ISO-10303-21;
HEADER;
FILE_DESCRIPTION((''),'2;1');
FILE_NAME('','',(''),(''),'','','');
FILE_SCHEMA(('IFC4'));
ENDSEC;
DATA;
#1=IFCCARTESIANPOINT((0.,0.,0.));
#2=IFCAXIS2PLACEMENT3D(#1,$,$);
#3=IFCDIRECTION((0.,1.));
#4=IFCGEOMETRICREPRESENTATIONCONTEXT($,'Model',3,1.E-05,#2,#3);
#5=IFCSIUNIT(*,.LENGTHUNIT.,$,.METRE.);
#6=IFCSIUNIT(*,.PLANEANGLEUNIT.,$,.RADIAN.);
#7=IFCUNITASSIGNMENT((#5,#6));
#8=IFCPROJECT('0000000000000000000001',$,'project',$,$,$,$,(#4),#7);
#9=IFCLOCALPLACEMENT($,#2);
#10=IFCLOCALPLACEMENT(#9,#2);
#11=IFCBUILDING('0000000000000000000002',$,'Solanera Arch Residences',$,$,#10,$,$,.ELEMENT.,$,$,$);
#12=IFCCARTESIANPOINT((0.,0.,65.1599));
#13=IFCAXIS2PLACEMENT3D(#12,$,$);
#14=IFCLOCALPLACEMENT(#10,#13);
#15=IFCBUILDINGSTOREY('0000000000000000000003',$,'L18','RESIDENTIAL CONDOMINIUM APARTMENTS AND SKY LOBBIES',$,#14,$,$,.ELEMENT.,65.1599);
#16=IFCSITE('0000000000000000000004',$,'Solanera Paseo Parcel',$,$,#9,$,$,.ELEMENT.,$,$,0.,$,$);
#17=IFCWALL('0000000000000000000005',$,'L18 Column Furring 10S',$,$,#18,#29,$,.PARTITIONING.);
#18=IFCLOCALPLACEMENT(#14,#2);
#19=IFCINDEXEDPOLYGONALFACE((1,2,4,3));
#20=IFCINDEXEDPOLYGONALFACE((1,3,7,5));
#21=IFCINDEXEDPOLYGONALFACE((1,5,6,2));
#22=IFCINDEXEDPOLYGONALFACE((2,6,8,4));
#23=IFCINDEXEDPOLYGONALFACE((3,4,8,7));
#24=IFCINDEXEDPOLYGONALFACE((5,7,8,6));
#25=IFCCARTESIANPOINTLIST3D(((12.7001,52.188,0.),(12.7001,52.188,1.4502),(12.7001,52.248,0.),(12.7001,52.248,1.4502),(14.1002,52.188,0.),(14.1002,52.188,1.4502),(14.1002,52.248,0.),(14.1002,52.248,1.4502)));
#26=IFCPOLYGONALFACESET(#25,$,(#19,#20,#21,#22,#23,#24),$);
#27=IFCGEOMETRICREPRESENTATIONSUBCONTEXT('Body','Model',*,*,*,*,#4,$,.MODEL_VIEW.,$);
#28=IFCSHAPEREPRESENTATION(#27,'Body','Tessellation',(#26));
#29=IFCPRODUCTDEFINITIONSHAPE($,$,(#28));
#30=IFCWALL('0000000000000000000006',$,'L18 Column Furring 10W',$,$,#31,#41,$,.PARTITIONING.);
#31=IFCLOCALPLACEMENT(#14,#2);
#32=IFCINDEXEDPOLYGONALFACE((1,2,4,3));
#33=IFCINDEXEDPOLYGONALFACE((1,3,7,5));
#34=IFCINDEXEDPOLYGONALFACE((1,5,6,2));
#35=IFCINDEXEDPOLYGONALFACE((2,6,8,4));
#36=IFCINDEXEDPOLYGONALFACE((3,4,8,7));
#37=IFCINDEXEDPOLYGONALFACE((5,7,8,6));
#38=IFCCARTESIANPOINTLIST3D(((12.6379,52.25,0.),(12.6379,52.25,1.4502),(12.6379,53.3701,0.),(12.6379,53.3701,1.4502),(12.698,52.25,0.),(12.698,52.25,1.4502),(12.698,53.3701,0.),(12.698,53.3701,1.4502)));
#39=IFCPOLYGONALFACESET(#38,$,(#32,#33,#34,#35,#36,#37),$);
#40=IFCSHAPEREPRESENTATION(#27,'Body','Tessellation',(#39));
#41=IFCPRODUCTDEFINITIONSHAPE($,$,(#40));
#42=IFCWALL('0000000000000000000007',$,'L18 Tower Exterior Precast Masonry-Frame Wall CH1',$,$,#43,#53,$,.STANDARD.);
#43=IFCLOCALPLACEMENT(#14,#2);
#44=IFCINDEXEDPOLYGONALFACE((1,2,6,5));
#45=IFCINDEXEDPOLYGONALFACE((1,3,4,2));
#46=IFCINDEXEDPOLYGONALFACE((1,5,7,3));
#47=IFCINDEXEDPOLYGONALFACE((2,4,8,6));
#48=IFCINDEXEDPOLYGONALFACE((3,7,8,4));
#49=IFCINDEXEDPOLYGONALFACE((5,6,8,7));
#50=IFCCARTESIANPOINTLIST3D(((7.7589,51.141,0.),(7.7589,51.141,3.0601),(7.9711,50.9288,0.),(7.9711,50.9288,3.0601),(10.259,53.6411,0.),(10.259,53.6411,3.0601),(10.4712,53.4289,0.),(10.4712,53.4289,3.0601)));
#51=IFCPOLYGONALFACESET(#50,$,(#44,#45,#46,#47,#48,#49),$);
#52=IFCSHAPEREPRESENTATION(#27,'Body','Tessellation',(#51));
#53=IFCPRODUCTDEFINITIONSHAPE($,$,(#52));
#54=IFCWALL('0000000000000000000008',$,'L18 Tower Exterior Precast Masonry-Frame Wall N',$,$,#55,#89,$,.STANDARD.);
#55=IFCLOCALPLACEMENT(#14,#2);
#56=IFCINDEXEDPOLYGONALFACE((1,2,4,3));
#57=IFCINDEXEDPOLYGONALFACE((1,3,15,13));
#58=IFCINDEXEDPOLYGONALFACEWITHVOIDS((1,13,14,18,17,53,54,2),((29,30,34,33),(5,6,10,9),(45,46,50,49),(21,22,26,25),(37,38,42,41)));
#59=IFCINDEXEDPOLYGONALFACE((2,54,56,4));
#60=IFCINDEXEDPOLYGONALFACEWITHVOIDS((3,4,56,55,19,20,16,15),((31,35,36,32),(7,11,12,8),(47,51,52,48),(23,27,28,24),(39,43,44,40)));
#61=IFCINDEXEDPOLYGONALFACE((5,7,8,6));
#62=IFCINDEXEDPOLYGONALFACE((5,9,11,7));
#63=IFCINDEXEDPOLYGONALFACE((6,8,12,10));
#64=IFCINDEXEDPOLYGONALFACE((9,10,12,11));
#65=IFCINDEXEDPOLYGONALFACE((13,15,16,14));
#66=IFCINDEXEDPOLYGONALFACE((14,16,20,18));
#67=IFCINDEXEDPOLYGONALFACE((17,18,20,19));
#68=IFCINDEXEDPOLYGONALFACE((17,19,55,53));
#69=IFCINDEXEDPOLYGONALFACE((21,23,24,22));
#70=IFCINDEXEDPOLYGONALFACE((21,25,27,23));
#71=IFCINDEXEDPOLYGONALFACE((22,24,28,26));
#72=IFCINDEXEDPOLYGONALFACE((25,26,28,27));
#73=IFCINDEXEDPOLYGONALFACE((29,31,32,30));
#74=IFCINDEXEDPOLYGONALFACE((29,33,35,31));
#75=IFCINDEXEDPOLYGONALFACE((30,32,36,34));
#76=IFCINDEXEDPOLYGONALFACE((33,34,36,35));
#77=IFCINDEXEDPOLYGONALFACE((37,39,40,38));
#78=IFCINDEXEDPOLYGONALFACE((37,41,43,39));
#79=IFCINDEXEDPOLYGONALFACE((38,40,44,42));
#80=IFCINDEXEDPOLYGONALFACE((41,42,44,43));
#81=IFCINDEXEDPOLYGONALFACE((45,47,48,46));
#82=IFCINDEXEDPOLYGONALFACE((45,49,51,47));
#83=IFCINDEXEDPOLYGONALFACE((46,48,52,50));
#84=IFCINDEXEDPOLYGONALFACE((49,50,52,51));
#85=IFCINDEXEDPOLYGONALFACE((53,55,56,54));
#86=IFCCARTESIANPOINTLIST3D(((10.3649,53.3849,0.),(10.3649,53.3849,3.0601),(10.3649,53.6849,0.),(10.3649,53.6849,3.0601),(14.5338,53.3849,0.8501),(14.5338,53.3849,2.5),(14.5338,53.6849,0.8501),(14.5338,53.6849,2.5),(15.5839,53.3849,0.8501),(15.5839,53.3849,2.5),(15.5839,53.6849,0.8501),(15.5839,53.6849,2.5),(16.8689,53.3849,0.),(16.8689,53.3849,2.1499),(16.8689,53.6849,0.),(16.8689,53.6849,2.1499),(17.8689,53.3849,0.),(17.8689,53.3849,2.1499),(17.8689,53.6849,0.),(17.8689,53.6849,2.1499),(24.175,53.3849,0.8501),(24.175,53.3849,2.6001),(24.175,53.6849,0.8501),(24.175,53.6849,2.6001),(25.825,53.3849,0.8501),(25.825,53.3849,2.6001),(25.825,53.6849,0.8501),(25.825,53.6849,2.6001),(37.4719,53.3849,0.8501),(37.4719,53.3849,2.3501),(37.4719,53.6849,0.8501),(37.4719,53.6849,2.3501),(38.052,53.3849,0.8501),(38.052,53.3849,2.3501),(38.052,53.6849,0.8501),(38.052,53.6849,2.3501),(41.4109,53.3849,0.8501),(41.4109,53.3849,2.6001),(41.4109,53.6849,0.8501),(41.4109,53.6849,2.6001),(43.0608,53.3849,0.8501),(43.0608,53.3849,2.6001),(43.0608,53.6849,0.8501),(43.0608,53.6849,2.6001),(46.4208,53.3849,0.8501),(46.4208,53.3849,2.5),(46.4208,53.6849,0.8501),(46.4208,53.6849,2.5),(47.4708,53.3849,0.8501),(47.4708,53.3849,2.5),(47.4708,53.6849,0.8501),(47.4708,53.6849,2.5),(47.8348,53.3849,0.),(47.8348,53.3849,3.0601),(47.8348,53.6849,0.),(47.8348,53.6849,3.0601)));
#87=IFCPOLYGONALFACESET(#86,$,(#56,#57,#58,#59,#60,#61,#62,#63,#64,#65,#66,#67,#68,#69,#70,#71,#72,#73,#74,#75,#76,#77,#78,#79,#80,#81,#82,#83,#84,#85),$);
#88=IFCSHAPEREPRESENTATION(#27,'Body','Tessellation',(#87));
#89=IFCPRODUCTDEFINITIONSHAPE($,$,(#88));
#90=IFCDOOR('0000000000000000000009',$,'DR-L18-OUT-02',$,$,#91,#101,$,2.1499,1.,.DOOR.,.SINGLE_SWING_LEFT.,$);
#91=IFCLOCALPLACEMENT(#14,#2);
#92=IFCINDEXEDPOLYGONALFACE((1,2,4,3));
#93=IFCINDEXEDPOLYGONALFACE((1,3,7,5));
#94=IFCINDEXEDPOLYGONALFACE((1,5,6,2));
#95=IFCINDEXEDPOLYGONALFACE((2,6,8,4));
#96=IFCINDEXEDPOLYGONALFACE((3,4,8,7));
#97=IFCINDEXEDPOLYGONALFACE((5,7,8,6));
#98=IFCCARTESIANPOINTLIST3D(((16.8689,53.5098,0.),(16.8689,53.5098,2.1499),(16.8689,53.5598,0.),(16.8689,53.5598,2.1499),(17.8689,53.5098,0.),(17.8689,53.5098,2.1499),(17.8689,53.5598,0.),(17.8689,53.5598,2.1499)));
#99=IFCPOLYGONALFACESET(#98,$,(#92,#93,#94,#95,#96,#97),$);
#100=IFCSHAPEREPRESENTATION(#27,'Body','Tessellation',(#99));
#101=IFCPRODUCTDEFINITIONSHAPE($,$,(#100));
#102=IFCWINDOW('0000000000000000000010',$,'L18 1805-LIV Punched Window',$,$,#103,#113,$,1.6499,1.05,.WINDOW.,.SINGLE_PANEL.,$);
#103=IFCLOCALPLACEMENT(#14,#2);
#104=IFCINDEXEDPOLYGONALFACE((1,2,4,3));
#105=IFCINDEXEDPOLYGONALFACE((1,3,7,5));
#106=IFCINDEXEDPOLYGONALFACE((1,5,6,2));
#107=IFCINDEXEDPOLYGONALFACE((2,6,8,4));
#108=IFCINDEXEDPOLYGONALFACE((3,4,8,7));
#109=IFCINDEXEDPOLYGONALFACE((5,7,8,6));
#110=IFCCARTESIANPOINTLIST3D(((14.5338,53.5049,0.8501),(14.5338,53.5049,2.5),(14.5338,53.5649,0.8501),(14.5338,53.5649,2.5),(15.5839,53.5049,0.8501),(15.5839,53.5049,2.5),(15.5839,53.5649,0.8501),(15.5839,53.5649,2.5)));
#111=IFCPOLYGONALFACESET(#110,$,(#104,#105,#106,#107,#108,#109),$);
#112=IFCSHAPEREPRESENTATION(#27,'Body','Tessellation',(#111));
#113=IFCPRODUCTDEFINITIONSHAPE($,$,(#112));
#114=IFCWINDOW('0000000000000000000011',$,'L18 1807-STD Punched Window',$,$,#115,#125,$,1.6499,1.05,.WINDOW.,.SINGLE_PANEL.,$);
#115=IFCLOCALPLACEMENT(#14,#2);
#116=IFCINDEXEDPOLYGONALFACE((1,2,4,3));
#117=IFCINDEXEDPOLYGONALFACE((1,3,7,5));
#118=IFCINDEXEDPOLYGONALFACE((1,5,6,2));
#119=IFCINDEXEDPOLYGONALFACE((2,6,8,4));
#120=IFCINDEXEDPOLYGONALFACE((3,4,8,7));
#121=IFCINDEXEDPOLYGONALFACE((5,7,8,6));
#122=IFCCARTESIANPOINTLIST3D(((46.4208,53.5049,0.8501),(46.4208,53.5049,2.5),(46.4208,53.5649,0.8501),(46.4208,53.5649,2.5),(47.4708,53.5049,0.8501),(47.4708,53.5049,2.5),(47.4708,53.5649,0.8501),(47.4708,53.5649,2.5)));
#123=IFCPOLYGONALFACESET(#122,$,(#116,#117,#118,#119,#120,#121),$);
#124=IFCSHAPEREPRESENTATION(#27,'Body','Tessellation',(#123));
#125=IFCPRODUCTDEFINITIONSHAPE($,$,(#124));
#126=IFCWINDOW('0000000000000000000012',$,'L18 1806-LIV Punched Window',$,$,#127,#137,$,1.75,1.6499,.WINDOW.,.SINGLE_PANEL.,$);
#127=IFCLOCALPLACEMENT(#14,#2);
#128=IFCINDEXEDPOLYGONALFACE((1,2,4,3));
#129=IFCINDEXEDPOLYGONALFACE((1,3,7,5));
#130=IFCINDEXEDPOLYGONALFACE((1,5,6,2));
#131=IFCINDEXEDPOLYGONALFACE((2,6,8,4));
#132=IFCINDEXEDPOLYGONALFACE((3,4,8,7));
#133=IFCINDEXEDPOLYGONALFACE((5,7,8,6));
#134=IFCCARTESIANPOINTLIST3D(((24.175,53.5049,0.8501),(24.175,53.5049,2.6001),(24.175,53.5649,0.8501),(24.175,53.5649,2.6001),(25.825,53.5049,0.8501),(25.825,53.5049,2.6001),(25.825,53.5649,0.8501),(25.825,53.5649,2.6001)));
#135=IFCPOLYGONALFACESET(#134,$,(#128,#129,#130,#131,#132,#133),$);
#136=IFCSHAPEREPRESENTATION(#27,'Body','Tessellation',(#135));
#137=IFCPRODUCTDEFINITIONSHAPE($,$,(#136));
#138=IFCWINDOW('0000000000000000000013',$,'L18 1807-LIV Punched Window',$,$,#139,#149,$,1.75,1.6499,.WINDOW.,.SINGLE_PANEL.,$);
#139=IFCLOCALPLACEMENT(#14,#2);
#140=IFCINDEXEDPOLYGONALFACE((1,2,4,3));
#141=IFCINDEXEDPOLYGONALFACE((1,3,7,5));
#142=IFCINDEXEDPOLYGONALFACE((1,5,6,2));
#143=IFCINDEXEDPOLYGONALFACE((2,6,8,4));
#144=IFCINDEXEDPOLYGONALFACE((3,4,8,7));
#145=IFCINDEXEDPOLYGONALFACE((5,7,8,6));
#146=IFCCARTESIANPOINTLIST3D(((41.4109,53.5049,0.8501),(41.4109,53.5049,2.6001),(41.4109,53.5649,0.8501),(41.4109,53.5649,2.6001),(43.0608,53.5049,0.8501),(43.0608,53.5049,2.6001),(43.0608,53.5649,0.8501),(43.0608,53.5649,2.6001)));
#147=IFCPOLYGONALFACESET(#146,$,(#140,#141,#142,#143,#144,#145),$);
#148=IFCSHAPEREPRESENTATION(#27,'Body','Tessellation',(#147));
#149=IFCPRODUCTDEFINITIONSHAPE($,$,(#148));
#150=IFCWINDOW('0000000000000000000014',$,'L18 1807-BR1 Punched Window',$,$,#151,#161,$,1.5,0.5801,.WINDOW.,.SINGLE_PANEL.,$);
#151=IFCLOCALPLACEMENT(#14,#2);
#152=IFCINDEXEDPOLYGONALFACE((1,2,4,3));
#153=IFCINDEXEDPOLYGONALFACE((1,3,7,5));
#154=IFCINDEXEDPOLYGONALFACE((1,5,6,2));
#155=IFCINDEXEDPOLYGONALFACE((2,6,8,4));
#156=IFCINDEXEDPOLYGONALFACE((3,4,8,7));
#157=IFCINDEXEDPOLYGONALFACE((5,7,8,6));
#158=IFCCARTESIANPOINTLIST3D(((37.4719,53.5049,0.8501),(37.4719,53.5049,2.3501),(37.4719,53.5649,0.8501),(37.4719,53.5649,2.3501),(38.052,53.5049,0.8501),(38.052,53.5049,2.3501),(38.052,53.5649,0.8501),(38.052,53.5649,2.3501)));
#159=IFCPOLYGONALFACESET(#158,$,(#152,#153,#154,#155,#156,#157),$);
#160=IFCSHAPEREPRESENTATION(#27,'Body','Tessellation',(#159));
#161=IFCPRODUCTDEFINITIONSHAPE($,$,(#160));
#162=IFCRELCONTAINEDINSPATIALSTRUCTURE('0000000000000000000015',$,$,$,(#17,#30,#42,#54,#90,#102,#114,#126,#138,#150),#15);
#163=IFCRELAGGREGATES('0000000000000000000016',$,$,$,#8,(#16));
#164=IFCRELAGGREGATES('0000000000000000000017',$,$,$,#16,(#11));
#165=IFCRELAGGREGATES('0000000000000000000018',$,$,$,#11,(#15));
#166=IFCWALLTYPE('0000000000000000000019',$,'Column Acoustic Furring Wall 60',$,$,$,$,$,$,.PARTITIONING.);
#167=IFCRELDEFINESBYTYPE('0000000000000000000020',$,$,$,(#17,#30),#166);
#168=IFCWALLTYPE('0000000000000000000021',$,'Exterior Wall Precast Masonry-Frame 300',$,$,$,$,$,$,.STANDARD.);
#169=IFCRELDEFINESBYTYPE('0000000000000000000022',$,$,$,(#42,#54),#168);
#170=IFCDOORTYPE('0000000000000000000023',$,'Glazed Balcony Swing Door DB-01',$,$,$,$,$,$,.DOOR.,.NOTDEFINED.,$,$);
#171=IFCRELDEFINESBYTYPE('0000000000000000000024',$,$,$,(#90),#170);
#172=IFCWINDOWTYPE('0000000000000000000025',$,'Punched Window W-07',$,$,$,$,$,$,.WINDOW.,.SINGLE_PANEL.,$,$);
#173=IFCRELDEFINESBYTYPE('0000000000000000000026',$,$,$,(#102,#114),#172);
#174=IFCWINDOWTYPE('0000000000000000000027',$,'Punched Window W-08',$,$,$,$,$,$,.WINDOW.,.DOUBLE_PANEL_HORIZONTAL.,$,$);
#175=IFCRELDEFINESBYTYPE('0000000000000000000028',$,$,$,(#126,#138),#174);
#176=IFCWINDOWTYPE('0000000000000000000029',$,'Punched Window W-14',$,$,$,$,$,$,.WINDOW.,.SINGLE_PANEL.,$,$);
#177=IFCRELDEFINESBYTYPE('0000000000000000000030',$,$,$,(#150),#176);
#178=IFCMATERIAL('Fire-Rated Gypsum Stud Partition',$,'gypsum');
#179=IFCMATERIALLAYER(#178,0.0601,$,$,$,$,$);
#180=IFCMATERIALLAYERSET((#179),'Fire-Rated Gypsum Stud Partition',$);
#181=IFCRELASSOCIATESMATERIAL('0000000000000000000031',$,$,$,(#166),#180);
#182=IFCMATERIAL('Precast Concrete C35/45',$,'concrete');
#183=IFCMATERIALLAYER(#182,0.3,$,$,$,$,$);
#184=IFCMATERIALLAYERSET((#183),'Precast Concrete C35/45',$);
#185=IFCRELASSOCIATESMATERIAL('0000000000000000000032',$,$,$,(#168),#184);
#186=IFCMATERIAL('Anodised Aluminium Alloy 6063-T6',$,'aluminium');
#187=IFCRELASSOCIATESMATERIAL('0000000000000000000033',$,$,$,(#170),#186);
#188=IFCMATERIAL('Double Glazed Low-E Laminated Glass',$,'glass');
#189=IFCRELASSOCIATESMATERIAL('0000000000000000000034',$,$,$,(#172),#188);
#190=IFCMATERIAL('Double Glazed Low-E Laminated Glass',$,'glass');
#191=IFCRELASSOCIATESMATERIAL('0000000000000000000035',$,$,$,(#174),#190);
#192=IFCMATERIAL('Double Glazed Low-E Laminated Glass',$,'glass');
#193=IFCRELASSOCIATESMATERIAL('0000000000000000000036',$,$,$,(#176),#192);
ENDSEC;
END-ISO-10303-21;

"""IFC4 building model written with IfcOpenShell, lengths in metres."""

from ifc_helpers import new_model, si_unit, direction, frame, frame_2d, origin, place, context, subcontext, project, spatial, rectangle, extrude, material, layer, layer_set, type_object, element, fill, save


model = new_model("IFC4")

# Units and contexts
model_context = context("Model", 3, precision=1e-05, world=origin(), true_north=direction((0.0, 1.0)))
body_context = subcontext(model_context, "Body", "Model", "MODEL_VIEW")
ifc_project = project(units=[si_unit("LENGTHUNIT", "METRE"), si_unit("PLANEANGLEUNIT", "RADIAN")], contexts=[model_context])

# Site, building, storey
site_placement = place(None, origin())
site = spatial("IfcSite", under=ifc_project, at=site_placement, Name="Solanera Paseo Parcel", CompositionType="ELEMENT", RefElevation=0.0)
building_placement = place(site_placement, origin())
building = spatial("IfcBuilding", under=site, at=building_placement, Name="Solanera Arch Residences", CompositionType="ELEMENT")
storey_placement = place(building_placement, frame((0.0, 0.0, 65.1599)))
storey = spatial("IfcBuildingStorey", under=building, at=storey_placement, Name="L18", Description="RESIDENTIAL CONDOMINIUM APARTMENTS AND SKY LOBBIES", CompositionType="ELEMENT", Elevation=65.1599)

# Walls
ifc_material_1 = material(Name="Fire-Rated Gypsum Stud Partition", Category="gypsum")
ifc_layer_1 = layer(ifc_material_1, 0.0601)
ifc_layer_set_1 = layer_set([ifc_layer_1], Name="Fire-Rated Gypsum Stud Partition")
wall_type_1 = type_object("IfcWallType", Name="Column Acoustic Furring Wall 60", PredefinedType="PARTITIONING", material=ifc_layer_set_1)
wall_1_placement = place(storey_placement, frame((12.7, 52.218, 0.0), z_axis=(0.0, 0.0, 1.0), x_axis=(1.0, 0.0, 0.0)))
element("IfcWall", 1, at=wall_1_placement, inside=storey, type_object=wall_type_1, Name="L18 Column Furring 10S", PredefinedType="PARTITIONING", context=body_context, shape_type="SweptSolid", body=[
    extrude(rectangle(XDim=1.4001, YDim=0.0601, at=frame_2d((0.7002, 0.0))), origin(), (0.0, 0.0, 1.0), 1.4502),
])
wall_2_placement = place(storey_placement, frame((12.668, 52.25, 0.0), z_axis=(0.0, 0.0, 1.0), x_axis=(0.0, 1.0, 0.0)))
element("IfcWall", 2, at=wall_2_placement, inside=storey, type_object=wall_type_1, Name="L18 Column Furring 10W", PredefinedType="PARTITIONING", context=body_context, shape_type="SweptSolid", body=[
    extrude(rectangle(XDim=1.1201, YDim=0.0601, at=frame_2d((0.5601, 0.0))), origin(), (0.0, 0.0, 1.0), 1.4502),
])
ifc_material_2 = material(Name="Precast Concrete C35/45", Category="concrete")
ifc_layer_2 = layer(ifc_material_2, 0.3)
ifc_layer_set_2 = layer_set([ifc_layer_2], Name="Precast Concrete C35/45")
wall_type_2 = type_object("IfcWallType", Name="Exterior Wall Precast Masonry-Frame 300", PredefinedType="STANDARD", material=ifc_layer_set_2)
wall_3_placement = place(storey_placement, frame((7.865, 51.0349, 0.0), z_axis=(0.0, 0.0, 1.0), x_axis=(0.707107, 0.707107, 0.0)))
element("IfcWall", 3, at=wall_3_placement, inside=storey, type_object=wall_type_2, Name="L18 Tower Exterior Precast Masonry-Frame Wall CH1", PredefinedType="STANDARD", context=body_context, shape_type="SweptSolid", body=[
    extrude(rectangle(XDim=3.5356, YDim=0.3, at=frame_2d((1.7678, 0.0))), origin(), (0.0, 0.0, 1.0), 3.0601),
])

# Wall, openings, door, windows
wall_4_placement = place(storey_placement, frame((10.365, 53.5349, 0.0), z_axis=(0.0, 0.0, 1.0), x_axis=(1.0, 0.0, 0.0)))
wall_4 = element("IfcWall", 4, at=wall_4_placement, inside=storey, type_object=wall_type_2, Name="L18 Tower Exterior Precast Masonry-Frame Wall N", PredefinedType="STANDARD", context=body_context, shape_type="SweptSolid", body=[
    extrude(rectangle(XDim=37.47, YDim=0.3, at=frame_2d((18.7349, 0.0))), origin(), (0.0, 0.0, 1.0), 3.0601),
])
opening_1_placement = place(wall_4_placement, frame((6.5039, 0.0, 0.0)))
opening_1 = element("IfcOpeningElement", 5, at=opening_1_placement, cuts=wall_4, PredefinedType="OPENING", context=body_context, shape_type="SweptSolid", body=[
    extrude(rectangle(XDim=1.0, YDim=2.1499, at=frame_2d((0.5, 1.075))), frame((0.0, 0.1599, 0.0), z_axis=(0.0, -1.0, 0.0), x_axis=(1.0, 0.0, 0.0)), (0.0, 0.0, 1.0), 0.32),
])
opening_2_placement = place(wall_4_placement, frame((4.1689, 0.0, 0.8501)))
opening_2 = element("IfcOpeningElement", 6, at=opening_2_placement, cuts=wall_4, PredefinedType="OPENING", context=body_context, shape_type="SweptSolid", body=[
    extrude(rectangle(XDim=1.05, YDim=1.6499, at=frame_2d((0.5249, 0.825))), frame((0.0, 0.1599, 0.0), z_axis=(0.0, -1.0, 0.0), x_axis=(1.0, 0.0, 0.0)), (0.0, 0.0, 1.0), 0.32),
])
opening_3_placement = place(wall_4_placement, frame((13.8101, 0.0, 0.8501)))
opening_3 = element("IfcOpeningElement", 7, at=opening_3_placement, cuts=wall_4, PredefinedType="OPENING", context=body_context, shape_type="SweptSolid", body=[
    extrude(rectangle(XDim=1.6499, YDim=1.75, at=frame_2d((0.825, 0.875))), frame((0.0, 0.1599, 0.0), z_axis=(0.0, -1.0, 0.0), x_axis=(1.0, 0.0, 0.0)), (0.0, 0.0, 1.0), 0.32),
])
opening_4_placement = place(wall_4_placement, frame((31.0459, 0.0, 0.8501)))
opening_4 = element("IfcOpeningElement", 8, at=opening_4_placement, cuts=wall_4, PredefinedType="OPENING", context=body_context, shape_type="SweptSolid", body=[
    extrude(rectangle(XDim=1.6499, YDim=1.75, at=frame_2d((0.825, 0.875))), frame((0.0, 0.1599, 0.0), z_axis=(0.0, -1.0, 0.0), x_axis=(1.0, 0.0, 0.0)), (0.0, 0.0, 1.0), 0.32),
])
opening_5_placement = place(wall_4_placement, frame((27.1069, 0.0, 0.8501)))
opening_5 = element("IfcOpeningElement", 9, at=opening_5_placement, cuts=wall_4, PredefinedType="OPENING", context=body_context, shape_type="SweptSolid", body=[
    extrude(rectangle(XDim=0.5801, YDim=1.5, at=frame_2d((0.29, 0.75))), frame((0.0, 0.1599, 0.0), z_axis=(0.0, -1.0, 0.0), x_axis=(1.0, 0.0, 0.0)), (0.0, 0.0, 1.0), 0.32),
])
opening_6_placement = place(wall_4_placement, frame((36.0559, 0.0, 0.8501)))
opening_6 = element("IfcOpeningElement", 10, at=opening_6_placement, cuts=wall_4, PredefinedType="OPENING", context=body_context, shape_type="SweptSolid", body=[
    extrude(rectangle(XDim=1.05, YDim=1.6499, at=frame_2d((0.5249, 0.825))), frame((0.0, 0.1599, 0.0), z_axis=(0.0, -1.0, 0.0), x_axis=(1.0, 0.0, 0.0)), (0.0, 0.0, 1.0), 0.32),
])
ifc_material_3 = material(Name="Anodised Aluminium Alloy 6063-T6", Category="aluminium")
door_type_1 = type_object("IfcDoorType", Name="Glazed Balcony Swing Door DB-01", OperationType="NOTDEFINED", PredefinedType="DOOR", material=ifc_material_3)
door_1_placement = place(opening_1_placement, origin())
door_1 = element("IfcDoor", 11, at=door_1_placement, inside=storey, type_object=door_type_1, Name="DR-L18-OUT-02", OperationType="SINGLE_SWING_LEFT", OverallHeight=2.1499, OverallWidth=1.0, PredefinedType="DOOR", context=body_context, shape_type="SweptSolid", body=[
    extrude(rectangle(XDim=1.0, YDim=2.1499, at=frame_2d((0.5, 1.075))), frame((0.0, 0.0249, 0.0), z_axis=(0.0, -1.0, 0.0), x_axis=(1.0, 0.0, 0.0)), (0.0, 0.0, 1.0), 0.05),
])
fill(opening_1, door_1)
ifc_material_4 = material(Name="Double Glazed Low-E Laminated Glass", Category="glass")
window_type_1 = type_object("IfcWindowType", Name="Punched Window W-07", PartitioningType="SINGLE_PANEL", PredefinedType="WINDOW", material=ifc_material_4)
window_1_placement = place(opening_2_placement, origin())
window_1 = element("IfcWindow", 12, at=window_1_placement, inside=storey, type_object=window_type_1, Name="L18 1805-LIV Punched Window", OverallHeight=1.6499, OverallWidth=1.05, PartitioningType="SINGLE_PANEL", PredefinedType="WINDOW", context=body_context, shape_type="SweptSolid", body=[
    extrude(rectangle(XDim=1.05, YDim=1.6499, at=frame_2d((0.5249, 0.825))), frame((0.0, 0.03, 0.0), z_axis=(0.0, -1.0, 0.0), x_axis=(1.0, 0.0, 0.0)), (0.0, 0.0, 1.0), 0.0601),
])
fill(opening_2, window_1)
window_2_placement = place(opening_6_placement, origin())
window_2 = element("IfcWindow", 13, at=window_2_placement, inside=storey, type_object=window_type_1, Name="L18 1807-STD Punched Window", OverallHeight=1.6499, OverallWidth=1.05, PartitioningType="SINGLE_PANEL", PredefinedType="WINDOW", context=body_context, shape_type="SweptSolid", body=[
    extrude(rectangle(XDim=1.05, YDim=1.6499, at=frame_2d((0.5249, 0.825))), frame((0.0, 0.03, 0.0), z_axis=(0.0, -1.0, 0.0), x_axis=(1.0, 0.0, 0.0)), (0.0, 0.0, 1.0), 0.0601),
])
fill(opening_6, window_2)
ifc_material_5 = material(Name="Double Glazed Low-E Laminated Glass", Category="glass")
window_type_2 = type_object("IfcWindowType", Name="Punched Window W-08", PartitioningType="DOUBLE_PANEL_HORIZONTAL", PredefinedType="WINDOW", material=ifc_material_5)
window_3_placement = place(opening_3_placement, origin())
window_3 = element("IfcWindow", 14, at=window_3_placement, inside=storey, type_object=window_type_2, Name="L18 1806-LIV Punched Window", OverallHeight=1.75, OverallWidth=1.6499, PartitioningType="SINGLE_PANEL", PredefinedType="WINDOW", context=body_context, shape_type="SweptSolid", body=[
    extrude(rectangle(XDim=1.6499, YDim=1.75, at=frame_2d((0.825, 0.875))), frame((0.0, 0.03, 0.0), z_axis=(0.0, -1.0, 0.0), x_axis=(1.0, 0.0, 0.0)), (0.0, 0.0, 1.0), 0.0601),
])
fill(opening_3, window_3)
window_4_placement = place(opening_4_placement, origin())
window_4 = element("IfcWindow", 15, at=window_4_placement, inside=storey, type_object=window_type_2, Name="L18 1807-LIV Punched Window", OverallHeight=1.75, OverallWidth=1.6499, PartitioningType="SINGLE_PANEL", PredefinedType="WINDOW", context=body_context, shape_type="SweptSolid", body=[
    extrude(rectangle(XDim=1.6499, YDim=1.75, at=frame_2d((0.825, 0.875))), frame((0.0, 0.03, 0.0), z_axis=(0.0, -1.0, 0.0), x_axis=(1.0, 0.0, 0.0)), (0.0, 0.0, 1.0), 0.0601),
])
fill(opening_4, window_4)
ifc_material_6 = material(Name="Double Glazed Low-E Laminated Glass", Category="glass")
window_type_3 = type_object("IfcWindowType", Name="Punched Window W-14", PartitioningType="SINGLE_PANEL", PredefinedType="WINDOW", material=ifc_material_6)
window_5_placement = place(opening_5_placement, origin())
window_5 = element("IfcWindow", 16, at=window_5_placement, inside=storey, type_object=window_type_3, Name="L18 1807-BR1 Punched Window", OverallHeight=1.5, OverallWidth=0.5801, PartitioningType="SINGLE_PANEL", PredefinedType="WINDOW", context=body_context, shape_type="SweptSolid", body=[
    extrude(rectangle(XDim=0.5801, YDim=1.5, at=frame_2d((0.29, 0.75))), frame((0.0, 0.03, 0.0), z_axis=(0.0, -1.0, 0.0), x_axis=(1.0, 0.0, 0.0)), (0.0, 0.0, 1.0), 0.0601),
])
fill(opening_5, window_5)

save(model, "model.ifc")
